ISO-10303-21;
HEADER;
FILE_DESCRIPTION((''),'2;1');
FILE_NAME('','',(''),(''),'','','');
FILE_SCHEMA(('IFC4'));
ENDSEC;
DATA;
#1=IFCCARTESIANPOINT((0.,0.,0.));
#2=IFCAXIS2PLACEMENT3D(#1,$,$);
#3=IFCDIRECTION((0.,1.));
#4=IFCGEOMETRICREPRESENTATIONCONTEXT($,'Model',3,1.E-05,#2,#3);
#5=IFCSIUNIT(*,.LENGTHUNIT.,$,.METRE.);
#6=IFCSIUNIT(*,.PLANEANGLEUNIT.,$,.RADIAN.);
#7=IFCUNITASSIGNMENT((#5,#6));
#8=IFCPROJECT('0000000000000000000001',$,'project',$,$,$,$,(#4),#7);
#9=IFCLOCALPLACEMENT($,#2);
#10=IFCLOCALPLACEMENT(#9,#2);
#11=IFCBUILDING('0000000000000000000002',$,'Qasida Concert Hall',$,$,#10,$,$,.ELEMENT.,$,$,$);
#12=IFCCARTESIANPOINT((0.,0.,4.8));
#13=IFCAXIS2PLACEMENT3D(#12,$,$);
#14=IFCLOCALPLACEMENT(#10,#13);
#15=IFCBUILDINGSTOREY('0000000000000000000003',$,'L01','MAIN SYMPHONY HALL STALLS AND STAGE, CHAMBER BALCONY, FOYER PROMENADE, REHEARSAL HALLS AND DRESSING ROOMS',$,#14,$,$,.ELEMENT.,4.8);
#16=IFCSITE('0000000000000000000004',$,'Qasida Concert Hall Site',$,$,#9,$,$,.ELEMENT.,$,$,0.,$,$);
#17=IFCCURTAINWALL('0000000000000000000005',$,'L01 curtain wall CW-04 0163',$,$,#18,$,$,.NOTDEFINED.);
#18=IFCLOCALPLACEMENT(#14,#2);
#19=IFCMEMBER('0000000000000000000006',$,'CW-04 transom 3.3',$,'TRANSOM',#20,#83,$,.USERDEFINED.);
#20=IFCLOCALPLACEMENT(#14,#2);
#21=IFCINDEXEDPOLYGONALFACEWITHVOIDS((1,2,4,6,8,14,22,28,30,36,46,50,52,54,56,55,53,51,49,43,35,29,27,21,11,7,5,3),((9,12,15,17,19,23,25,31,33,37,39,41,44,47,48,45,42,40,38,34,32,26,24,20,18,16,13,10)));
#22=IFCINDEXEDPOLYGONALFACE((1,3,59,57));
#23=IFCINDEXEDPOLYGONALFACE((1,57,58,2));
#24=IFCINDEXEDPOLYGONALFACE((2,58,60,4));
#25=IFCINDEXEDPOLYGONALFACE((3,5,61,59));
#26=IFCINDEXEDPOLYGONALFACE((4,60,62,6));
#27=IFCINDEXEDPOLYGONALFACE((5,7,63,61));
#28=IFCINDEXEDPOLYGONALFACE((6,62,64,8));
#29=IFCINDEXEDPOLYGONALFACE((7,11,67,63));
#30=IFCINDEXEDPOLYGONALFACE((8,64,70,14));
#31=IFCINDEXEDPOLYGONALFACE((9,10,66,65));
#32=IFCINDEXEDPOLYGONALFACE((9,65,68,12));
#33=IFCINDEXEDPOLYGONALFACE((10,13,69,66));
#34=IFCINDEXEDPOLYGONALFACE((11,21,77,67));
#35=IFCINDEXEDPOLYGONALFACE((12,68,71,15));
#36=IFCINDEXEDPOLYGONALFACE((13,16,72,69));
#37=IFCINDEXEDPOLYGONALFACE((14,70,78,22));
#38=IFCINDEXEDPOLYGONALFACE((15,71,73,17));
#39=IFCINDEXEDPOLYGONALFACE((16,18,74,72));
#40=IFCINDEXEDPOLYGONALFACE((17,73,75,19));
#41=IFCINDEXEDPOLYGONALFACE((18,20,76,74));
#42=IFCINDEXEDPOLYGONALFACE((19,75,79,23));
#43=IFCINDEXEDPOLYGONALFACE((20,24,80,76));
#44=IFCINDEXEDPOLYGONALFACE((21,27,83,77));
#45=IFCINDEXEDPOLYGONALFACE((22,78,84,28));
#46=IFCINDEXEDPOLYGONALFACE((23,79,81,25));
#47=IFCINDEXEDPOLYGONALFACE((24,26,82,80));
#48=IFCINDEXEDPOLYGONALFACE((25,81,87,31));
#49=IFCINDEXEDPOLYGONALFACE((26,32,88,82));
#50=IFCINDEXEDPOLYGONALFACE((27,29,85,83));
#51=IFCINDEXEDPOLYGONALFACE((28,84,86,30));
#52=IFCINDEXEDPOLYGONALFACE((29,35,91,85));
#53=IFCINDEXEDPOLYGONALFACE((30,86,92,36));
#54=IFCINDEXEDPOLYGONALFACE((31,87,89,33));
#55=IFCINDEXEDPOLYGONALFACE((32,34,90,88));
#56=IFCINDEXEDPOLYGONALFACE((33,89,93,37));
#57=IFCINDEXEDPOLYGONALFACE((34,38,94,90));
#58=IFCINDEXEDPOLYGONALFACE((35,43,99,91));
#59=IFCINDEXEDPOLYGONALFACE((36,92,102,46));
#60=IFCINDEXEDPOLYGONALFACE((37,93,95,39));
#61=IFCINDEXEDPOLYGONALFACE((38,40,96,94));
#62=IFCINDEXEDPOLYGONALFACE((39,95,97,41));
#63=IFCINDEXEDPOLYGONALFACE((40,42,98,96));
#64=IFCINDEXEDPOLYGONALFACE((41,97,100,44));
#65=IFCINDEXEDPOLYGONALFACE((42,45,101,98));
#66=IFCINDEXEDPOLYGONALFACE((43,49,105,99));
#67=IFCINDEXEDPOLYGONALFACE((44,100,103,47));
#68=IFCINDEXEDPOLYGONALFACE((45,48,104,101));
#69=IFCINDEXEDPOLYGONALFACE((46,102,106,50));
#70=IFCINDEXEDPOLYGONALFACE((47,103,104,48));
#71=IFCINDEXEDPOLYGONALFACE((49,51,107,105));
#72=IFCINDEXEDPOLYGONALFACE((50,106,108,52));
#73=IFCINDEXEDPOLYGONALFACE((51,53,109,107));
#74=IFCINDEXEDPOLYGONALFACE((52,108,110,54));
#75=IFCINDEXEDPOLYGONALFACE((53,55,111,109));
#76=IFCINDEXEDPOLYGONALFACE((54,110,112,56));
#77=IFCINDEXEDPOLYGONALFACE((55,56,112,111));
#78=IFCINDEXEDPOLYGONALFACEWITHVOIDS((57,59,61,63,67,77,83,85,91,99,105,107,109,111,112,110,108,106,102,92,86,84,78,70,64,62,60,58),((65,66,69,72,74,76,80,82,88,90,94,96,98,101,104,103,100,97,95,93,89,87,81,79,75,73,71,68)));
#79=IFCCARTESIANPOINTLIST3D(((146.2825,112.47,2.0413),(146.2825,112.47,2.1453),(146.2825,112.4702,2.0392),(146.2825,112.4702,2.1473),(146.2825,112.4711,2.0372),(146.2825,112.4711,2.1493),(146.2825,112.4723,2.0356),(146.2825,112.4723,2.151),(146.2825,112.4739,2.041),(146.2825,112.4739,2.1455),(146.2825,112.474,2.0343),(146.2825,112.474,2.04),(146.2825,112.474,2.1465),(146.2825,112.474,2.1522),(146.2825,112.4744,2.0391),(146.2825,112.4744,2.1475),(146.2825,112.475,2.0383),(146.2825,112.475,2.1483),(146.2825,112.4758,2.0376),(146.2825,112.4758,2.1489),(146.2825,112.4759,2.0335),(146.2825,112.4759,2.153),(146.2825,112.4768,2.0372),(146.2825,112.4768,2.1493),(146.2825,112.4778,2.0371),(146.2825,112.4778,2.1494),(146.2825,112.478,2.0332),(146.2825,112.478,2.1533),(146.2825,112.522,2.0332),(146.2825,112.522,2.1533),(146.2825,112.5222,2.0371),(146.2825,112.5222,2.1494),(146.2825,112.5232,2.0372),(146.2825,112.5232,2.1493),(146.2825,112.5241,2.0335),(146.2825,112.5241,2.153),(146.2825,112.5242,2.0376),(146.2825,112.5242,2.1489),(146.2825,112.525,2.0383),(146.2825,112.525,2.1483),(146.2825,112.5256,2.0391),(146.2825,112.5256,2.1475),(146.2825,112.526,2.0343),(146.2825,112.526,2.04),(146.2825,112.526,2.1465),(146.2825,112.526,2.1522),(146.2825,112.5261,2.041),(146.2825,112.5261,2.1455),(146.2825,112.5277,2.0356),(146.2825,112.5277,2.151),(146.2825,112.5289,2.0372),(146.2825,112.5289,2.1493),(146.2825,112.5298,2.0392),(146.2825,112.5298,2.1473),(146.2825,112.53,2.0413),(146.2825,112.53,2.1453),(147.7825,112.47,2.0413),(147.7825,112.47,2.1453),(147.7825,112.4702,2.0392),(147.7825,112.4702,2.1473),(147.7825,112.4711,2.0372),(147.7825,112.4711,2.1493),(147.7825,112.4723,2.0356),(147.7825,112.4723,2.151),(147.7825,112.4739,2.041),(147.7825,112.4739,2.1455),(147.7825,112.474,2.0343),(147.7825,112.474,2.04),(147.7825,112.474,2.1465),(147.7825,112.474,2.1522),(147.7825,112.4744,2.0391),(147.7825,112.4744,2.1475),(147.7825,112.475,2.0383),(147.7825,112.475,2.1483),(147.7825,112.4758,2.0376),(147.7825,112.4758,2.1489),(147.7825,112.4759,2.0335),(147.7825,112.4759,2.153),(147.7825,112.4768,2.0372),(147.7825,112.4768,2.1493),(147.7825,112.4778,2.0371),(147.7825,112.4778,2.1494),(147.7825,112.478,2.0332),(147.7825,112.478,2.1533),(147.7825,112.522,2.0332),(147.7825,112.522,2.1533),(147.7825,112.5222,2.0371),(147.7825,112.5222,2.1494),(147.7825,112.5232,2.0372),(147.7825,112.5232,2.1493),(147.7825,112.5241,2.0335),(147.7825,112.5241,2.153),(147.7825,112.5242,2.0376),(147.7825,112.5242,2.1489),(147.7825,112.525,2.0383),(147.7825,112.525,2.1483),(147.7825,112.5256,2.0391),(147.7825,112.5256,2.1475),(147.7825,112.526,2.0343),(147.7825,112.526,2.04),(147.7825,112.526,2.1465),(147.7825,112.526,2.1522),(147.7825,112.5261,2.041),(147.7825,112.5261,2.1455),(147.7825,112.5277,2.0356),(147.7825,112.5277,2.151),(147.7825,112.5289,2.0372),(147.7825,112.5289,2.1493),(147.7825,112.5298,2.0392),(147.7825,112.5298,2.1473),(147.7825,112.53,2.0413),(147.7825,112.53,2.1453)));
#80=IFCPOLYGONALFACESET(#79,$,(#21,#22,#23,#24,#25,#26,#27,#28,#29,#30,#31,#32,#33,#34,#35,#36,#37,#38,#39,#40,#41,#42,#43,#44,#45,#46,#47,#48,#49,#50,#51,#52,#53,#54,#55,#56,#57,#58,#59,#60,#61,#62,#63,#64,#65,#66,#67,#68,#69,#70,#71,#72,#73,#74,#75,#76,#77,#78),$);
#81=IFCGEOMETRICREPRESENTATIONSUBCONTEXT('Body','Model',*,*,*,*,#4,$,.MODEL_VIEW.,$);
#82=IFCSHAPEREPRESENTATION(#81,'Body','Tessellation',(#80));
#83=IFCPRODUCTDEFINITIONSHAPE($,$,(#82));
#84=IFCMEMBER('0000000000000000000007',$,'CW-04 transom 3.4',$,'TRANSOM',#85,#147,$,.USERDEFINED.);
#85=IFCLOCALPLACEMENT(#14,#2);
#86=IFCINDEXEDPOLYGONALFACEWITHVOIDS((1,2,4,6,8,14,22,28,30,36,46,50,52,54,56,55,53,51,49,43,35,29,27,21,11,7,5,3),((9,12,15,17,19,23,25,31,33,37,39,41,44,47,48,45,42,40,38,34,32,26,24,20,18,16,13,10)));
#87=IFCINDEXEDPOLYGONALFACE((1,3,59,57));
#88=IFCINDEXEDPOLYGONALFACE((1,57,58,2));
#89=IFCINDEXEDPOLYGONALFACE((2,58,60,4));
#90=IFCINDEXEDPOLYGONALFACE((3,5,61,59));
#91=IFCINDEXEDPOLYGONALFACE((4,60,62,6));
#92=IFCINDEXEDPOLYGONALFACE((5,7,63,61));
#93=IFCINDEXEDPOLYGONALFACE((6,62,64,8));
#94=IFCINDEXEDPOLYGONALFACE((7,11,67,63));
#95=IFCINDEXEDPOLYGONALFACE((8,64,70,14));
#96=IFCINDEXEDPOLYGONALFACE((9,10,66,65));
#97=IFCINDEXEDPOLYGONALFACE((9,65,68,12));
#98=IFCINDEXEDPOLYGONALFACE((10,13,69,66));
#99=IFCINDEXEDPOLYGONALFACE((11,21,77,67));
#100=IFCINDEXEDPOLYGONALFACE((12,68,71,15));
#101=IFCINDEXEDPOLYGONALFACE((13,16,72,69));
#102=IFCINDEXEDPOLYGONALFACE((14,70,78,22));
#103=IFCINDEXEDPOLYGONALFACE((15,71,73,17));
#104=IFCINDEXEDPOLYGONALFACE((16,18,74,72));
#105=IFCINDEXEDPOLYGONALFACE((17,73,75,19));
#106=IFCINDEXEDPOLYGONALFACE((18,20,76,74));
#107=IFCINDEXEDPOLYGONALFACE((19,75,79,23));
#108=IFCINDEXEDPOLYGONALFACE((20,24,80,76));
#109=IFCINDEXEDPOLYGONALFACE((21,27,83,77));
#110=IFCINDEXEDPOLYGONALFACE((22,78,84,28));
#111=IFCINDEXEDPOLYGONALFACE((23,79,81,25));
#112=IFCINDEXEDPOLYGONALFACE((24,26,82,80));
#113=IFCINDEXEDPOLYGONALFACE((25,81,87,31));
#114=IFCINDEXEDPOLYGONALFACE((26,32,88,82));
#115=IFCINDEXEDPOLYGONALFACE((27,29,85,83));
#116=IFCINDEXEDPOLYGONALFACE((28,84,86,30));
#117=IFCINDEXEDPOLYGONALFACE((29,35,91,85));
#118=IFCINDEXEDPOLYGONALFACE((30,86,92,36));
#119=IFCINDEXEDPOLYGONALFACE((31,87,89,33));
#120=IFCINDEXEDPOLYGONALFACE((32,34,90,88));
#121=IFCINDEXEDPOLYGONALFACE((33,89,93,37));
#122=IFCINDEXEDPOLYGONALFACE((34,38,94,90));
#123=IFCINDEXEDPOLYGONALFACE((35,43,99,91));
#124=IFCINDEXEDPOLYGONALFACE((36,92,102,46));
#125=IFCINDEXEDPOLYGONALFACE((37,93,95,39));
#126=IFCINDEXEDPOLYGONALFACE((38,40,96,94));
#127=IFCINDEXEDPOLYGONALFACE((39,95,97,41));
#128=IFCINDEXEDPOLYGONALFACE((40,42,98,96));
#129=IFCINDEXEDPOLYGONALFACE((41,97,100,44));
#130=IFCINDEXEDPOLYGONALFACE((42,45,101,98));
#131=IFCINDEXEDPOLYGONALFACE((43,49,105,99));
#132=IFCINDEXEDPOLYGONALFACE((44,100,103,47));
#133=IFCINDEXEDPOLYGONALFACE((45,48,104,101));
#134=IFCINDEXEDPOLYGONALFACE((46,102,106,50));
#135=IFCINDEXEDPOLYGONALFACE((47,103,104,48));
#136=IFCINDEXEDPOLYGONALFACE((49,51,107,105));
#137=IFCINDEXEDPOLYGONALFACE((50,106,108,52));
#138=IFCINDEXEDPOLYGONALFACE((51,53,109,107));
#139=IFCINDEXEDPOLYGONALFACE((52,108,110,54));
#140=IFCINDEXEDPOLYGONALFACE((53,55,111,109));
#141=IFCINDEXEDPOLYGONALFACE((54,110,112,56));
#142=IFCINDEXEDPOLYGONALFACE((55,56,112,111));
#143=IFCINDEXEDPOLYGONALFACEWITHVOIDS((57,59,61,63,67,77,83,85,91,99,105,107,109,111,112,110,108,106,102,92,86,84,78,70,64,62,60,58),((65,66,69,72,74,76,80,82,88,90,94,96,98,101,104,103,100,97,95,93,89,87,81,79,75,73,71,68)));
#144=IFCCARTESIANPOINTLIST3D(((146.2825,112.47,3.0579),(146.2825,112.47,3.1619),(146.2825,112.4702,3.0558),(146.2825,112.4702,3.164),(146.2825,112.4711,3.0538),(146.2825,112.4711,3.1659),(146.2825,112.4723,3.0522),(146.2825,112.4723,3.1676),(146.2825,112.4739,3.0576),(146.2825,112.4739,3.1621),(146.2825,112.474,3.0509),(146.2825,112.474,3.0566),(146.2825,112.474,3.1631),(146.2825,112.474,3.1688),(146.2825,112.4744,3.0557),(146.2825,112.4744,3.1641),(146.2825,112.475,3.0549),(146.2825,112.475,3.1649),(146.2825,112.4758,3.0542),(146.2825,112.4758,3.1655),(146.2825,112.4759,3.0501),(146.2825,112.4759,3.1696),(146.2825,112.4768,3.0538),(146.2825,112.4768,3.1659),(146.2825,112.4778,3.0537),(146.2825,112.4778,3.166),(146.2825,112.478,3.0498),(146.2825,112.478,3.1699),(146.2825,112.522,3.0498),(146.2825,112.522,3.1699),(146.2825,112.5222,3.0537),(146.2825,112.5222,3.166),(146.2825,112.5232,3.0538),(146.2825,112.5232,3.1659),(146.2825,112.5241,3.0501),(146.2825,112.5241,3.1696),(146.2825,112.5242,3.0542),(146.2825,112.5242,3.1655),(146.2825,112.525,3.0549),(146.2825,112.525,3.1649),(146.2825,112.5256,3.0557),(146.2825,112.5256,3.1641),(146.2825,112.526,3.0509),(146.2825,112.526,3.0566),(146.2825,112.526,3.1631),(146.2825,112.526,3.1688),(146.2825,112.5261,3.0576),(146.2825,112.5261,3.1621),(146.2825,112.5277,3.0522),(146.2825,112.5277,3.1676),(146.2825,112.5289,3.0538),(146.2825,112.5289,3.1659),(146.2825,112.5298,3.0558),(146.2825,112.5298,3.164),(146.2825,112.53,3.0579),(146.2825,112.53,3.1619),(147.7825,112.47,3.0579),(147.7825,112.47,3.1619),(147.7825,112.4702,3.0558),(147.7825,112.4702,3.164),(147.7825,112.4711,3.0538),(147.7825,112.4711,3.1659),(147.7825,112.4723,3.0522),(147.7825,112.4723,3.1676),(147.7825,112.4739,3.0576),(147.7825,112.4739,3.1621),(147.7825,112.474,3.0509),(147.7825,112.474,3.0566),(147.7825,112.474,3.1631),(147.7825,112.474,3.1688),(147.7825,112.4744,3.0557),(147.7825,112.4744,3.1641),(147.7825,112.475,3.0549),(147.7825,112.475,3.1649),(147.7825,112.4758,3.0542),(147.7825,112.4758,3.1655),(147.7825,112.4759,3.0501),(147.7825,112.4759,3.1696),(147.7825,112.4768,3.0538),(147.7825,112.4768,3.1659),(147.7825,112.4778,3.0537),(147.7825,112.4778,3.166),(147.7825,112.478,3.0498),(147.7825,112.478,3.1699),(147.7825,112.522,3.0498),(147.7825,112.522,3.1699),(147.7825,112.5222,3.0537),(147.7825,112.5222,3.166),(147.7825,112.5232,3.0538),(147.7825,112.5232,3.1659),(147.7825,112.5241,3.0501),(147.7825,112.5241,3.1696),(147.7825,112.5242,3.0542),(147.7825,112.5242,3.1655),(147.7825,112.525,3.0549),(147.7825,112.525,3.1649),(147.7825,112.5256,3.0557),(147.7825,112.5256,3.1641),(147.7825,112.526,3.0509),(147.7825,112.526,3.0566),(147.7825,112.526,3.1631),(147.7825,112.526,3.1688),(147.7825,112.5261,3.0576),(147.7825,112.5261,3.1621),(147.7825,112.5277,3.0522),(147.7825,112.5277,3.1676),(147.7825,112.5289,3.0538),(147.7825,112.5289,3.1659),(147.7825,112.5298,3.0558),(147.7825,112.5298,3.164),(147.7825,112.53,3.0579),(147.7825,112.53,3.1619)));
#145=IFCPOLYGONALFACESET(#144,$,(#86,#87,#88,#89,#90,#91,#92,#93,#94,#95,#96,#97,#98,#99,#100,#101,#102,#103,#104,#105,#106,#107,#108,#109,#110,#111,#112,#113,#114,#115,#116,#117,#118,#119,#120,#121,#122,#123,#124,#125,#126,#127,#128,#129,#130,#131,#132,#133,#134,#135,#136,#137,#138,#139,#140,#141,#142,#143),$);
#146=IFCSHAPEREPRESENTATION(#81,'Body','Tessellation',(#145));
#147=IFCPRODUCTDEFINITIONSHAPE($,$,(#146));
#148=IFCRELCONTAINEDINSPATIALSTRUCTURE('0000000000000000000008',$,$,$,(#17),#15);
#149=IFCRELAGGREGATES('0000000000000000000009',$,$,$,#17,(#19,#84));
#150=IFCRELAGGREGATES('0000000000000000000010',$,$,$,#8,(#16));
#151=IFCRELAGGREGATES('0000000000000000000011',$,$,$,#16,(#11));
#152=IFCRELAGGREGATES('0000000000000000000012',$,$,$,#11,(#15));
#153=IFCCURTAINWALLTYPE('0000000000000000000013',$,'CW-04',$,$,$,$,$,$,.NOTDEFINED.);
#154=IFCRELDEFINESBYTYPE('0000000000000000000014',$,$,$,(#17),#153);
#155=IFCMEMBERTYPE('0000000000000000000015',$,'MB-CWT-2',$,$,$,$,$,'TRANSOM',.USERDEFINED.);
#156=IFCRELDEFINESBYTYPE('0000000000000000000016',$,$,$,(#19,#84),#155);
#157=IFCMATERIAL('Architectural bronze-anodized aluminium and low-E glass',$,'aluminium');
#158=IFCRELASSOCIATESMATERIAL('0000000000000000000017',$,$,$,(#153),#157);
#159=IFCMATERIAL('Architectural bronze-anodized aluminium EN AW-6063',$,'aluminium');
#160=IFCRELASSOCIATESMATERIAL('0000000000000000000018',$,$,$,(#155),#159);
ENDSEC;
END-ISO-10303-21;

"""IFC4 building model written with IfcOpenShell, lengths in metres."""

from ifc_helpers import new_model, si_unit, direction, frame, origin, origin_2d, place, context, subcontext, project, spatial, hollow_rectangle, extrude, material, material_profile, profile_set, type_object, element, aggregate, save


model = new_model("IFC4")

# Units and contexts
model_context = context("Model", 3, precision=1e-05, world=origin(), true_north=direction((0.0, 1.0)))
body_context = subcontext(model_context, "Body", "Model", "MODEL_VIEW")
ifc_project = project(units=[si_unit("LENGTHUNIT", "METRE"), si_unit("PLANEANGLEUNIT", "RADIAN")], contexts=[model_context])

# Site, building, storey
site_placement = place(None, origin())
site = spatial("IfcSite", under=ifc_project, at=site_placement, Name="Qasida Concert Hall Site", CompositionType="ELEMENT", RefElevation=0.0)
building_placement = place(site_placement, origin())
building = spatial("IfcBuilding", under=site, at=building_placement, Name="Qasida Concert Hall", CompositionType="ELEMENT")
storey_placement = place(building_placement, frame((0.0, 0.0, 4.8)))
storey = spatial("IfcBuildingStorey", under=building, at=storey_placement, Name="L01", Description="MAIN SYMPHONY HALL STALLS AND STAGE, CHAMBER BALCONY, FOYER PROMENADE, REHEARSAL HALLS AND DRESSING ROOMS", CompositionType="ELEMENT", Elevation=4.8)

# Curtain wall, members
ifc_material_1 = material(Name="Architectural bronze-anodized aluminium and low-E glass", Category="aluminium")
curtain_wall_type = type_object("IfcCurtainWallType", Name="CW-04", PredefinedType="NOTDEFINED", material=ifc_material_1)
curtain_wall_placement = place(storey_placement, origin())
curtain_wall = element("IfcCurtainWall", 1, at=curtain_wall_placement, inside=storey, type_object=curtain_wall_type, Name="L01 curtain wall CW-04 0163", PredefinedType="NOTDEFINED")
ifc_material_2 = material(Name="Architectural bronze-anodized aluminium EN AW-6063", Category="aluminium")
ifc_material_profile_1 = material_profile(ifc_material_2, hollow_rectangle(XDim=0.0601, YDim=0.1201, WallThickness=0.0039, InnerFilletRadius=0.0039, OuterFilletRadius=0.0081, at=origin_2d()), Name="CWT 120x60x4")
ifc_profile_set_1 = profile_set([ifc_material_profile_1], Name="Architectural bronze-anodized aluminium EN AW-6063")
member_type_1 = type_object("IfcMemberType", Name="MB-CWT-2", ElementType="TRANSOM", PredefinedType="USERDEFINED", material=ifc_profile_set_1)
member_1_placement = place(storey_placement, frame((146.2825, 112.5, 2.0933), z_axis=(1.0, 0.0, 0.0), x_axis=(0.0, 1.0, 0.0)))
member_1 = element("IfcMember", 2, at=member_1_placement, type_object=member_type_1, Name="CW-04 transom 3.3", ObjectType="TRANSOM", PredefinedType="USERDEFINED", context=body_context, shape_type="SweptSolid", body=[
    extrude(hollow_rectangle(XDim=0.0601, YDim=0.1201, WallThickness=0.0039, InnerFilletRadius=0.0039, OuterFilletRadius=0.0081, at=origin_2d()), origin(), (0.0, 0.0, 1.0), 1.5),
])
member_2_placement = place(storey_placement, frame((146.2825, 112.5, 3.1099), z_axis=(1.0, 0.0, 0.0), x_axis=(0.0, 1.0, 0.0)))
member_2 = element("IfcMember", 3, at=member_2_placement, type_object=member_type_1, Name="CW-04 transom 3.4", ObjectType="TRANSOM", PredefinedType="USERDEFINED", context=body_context, shape_type="SweptSolid", body=[
    extrude(hollow_rectangle(XDim=0.0601, YDim=0.1201, WallThickness=0.0039, InnerFilletRadius=0.0039, OuterFilletRadius=0.0081, at=origin_2d()), origin(), (0.0, 0.0, 1.0), 1.5),
])
aggregate(curtain_wall, [member_1, member_2])

save(model, "model.ifc")
